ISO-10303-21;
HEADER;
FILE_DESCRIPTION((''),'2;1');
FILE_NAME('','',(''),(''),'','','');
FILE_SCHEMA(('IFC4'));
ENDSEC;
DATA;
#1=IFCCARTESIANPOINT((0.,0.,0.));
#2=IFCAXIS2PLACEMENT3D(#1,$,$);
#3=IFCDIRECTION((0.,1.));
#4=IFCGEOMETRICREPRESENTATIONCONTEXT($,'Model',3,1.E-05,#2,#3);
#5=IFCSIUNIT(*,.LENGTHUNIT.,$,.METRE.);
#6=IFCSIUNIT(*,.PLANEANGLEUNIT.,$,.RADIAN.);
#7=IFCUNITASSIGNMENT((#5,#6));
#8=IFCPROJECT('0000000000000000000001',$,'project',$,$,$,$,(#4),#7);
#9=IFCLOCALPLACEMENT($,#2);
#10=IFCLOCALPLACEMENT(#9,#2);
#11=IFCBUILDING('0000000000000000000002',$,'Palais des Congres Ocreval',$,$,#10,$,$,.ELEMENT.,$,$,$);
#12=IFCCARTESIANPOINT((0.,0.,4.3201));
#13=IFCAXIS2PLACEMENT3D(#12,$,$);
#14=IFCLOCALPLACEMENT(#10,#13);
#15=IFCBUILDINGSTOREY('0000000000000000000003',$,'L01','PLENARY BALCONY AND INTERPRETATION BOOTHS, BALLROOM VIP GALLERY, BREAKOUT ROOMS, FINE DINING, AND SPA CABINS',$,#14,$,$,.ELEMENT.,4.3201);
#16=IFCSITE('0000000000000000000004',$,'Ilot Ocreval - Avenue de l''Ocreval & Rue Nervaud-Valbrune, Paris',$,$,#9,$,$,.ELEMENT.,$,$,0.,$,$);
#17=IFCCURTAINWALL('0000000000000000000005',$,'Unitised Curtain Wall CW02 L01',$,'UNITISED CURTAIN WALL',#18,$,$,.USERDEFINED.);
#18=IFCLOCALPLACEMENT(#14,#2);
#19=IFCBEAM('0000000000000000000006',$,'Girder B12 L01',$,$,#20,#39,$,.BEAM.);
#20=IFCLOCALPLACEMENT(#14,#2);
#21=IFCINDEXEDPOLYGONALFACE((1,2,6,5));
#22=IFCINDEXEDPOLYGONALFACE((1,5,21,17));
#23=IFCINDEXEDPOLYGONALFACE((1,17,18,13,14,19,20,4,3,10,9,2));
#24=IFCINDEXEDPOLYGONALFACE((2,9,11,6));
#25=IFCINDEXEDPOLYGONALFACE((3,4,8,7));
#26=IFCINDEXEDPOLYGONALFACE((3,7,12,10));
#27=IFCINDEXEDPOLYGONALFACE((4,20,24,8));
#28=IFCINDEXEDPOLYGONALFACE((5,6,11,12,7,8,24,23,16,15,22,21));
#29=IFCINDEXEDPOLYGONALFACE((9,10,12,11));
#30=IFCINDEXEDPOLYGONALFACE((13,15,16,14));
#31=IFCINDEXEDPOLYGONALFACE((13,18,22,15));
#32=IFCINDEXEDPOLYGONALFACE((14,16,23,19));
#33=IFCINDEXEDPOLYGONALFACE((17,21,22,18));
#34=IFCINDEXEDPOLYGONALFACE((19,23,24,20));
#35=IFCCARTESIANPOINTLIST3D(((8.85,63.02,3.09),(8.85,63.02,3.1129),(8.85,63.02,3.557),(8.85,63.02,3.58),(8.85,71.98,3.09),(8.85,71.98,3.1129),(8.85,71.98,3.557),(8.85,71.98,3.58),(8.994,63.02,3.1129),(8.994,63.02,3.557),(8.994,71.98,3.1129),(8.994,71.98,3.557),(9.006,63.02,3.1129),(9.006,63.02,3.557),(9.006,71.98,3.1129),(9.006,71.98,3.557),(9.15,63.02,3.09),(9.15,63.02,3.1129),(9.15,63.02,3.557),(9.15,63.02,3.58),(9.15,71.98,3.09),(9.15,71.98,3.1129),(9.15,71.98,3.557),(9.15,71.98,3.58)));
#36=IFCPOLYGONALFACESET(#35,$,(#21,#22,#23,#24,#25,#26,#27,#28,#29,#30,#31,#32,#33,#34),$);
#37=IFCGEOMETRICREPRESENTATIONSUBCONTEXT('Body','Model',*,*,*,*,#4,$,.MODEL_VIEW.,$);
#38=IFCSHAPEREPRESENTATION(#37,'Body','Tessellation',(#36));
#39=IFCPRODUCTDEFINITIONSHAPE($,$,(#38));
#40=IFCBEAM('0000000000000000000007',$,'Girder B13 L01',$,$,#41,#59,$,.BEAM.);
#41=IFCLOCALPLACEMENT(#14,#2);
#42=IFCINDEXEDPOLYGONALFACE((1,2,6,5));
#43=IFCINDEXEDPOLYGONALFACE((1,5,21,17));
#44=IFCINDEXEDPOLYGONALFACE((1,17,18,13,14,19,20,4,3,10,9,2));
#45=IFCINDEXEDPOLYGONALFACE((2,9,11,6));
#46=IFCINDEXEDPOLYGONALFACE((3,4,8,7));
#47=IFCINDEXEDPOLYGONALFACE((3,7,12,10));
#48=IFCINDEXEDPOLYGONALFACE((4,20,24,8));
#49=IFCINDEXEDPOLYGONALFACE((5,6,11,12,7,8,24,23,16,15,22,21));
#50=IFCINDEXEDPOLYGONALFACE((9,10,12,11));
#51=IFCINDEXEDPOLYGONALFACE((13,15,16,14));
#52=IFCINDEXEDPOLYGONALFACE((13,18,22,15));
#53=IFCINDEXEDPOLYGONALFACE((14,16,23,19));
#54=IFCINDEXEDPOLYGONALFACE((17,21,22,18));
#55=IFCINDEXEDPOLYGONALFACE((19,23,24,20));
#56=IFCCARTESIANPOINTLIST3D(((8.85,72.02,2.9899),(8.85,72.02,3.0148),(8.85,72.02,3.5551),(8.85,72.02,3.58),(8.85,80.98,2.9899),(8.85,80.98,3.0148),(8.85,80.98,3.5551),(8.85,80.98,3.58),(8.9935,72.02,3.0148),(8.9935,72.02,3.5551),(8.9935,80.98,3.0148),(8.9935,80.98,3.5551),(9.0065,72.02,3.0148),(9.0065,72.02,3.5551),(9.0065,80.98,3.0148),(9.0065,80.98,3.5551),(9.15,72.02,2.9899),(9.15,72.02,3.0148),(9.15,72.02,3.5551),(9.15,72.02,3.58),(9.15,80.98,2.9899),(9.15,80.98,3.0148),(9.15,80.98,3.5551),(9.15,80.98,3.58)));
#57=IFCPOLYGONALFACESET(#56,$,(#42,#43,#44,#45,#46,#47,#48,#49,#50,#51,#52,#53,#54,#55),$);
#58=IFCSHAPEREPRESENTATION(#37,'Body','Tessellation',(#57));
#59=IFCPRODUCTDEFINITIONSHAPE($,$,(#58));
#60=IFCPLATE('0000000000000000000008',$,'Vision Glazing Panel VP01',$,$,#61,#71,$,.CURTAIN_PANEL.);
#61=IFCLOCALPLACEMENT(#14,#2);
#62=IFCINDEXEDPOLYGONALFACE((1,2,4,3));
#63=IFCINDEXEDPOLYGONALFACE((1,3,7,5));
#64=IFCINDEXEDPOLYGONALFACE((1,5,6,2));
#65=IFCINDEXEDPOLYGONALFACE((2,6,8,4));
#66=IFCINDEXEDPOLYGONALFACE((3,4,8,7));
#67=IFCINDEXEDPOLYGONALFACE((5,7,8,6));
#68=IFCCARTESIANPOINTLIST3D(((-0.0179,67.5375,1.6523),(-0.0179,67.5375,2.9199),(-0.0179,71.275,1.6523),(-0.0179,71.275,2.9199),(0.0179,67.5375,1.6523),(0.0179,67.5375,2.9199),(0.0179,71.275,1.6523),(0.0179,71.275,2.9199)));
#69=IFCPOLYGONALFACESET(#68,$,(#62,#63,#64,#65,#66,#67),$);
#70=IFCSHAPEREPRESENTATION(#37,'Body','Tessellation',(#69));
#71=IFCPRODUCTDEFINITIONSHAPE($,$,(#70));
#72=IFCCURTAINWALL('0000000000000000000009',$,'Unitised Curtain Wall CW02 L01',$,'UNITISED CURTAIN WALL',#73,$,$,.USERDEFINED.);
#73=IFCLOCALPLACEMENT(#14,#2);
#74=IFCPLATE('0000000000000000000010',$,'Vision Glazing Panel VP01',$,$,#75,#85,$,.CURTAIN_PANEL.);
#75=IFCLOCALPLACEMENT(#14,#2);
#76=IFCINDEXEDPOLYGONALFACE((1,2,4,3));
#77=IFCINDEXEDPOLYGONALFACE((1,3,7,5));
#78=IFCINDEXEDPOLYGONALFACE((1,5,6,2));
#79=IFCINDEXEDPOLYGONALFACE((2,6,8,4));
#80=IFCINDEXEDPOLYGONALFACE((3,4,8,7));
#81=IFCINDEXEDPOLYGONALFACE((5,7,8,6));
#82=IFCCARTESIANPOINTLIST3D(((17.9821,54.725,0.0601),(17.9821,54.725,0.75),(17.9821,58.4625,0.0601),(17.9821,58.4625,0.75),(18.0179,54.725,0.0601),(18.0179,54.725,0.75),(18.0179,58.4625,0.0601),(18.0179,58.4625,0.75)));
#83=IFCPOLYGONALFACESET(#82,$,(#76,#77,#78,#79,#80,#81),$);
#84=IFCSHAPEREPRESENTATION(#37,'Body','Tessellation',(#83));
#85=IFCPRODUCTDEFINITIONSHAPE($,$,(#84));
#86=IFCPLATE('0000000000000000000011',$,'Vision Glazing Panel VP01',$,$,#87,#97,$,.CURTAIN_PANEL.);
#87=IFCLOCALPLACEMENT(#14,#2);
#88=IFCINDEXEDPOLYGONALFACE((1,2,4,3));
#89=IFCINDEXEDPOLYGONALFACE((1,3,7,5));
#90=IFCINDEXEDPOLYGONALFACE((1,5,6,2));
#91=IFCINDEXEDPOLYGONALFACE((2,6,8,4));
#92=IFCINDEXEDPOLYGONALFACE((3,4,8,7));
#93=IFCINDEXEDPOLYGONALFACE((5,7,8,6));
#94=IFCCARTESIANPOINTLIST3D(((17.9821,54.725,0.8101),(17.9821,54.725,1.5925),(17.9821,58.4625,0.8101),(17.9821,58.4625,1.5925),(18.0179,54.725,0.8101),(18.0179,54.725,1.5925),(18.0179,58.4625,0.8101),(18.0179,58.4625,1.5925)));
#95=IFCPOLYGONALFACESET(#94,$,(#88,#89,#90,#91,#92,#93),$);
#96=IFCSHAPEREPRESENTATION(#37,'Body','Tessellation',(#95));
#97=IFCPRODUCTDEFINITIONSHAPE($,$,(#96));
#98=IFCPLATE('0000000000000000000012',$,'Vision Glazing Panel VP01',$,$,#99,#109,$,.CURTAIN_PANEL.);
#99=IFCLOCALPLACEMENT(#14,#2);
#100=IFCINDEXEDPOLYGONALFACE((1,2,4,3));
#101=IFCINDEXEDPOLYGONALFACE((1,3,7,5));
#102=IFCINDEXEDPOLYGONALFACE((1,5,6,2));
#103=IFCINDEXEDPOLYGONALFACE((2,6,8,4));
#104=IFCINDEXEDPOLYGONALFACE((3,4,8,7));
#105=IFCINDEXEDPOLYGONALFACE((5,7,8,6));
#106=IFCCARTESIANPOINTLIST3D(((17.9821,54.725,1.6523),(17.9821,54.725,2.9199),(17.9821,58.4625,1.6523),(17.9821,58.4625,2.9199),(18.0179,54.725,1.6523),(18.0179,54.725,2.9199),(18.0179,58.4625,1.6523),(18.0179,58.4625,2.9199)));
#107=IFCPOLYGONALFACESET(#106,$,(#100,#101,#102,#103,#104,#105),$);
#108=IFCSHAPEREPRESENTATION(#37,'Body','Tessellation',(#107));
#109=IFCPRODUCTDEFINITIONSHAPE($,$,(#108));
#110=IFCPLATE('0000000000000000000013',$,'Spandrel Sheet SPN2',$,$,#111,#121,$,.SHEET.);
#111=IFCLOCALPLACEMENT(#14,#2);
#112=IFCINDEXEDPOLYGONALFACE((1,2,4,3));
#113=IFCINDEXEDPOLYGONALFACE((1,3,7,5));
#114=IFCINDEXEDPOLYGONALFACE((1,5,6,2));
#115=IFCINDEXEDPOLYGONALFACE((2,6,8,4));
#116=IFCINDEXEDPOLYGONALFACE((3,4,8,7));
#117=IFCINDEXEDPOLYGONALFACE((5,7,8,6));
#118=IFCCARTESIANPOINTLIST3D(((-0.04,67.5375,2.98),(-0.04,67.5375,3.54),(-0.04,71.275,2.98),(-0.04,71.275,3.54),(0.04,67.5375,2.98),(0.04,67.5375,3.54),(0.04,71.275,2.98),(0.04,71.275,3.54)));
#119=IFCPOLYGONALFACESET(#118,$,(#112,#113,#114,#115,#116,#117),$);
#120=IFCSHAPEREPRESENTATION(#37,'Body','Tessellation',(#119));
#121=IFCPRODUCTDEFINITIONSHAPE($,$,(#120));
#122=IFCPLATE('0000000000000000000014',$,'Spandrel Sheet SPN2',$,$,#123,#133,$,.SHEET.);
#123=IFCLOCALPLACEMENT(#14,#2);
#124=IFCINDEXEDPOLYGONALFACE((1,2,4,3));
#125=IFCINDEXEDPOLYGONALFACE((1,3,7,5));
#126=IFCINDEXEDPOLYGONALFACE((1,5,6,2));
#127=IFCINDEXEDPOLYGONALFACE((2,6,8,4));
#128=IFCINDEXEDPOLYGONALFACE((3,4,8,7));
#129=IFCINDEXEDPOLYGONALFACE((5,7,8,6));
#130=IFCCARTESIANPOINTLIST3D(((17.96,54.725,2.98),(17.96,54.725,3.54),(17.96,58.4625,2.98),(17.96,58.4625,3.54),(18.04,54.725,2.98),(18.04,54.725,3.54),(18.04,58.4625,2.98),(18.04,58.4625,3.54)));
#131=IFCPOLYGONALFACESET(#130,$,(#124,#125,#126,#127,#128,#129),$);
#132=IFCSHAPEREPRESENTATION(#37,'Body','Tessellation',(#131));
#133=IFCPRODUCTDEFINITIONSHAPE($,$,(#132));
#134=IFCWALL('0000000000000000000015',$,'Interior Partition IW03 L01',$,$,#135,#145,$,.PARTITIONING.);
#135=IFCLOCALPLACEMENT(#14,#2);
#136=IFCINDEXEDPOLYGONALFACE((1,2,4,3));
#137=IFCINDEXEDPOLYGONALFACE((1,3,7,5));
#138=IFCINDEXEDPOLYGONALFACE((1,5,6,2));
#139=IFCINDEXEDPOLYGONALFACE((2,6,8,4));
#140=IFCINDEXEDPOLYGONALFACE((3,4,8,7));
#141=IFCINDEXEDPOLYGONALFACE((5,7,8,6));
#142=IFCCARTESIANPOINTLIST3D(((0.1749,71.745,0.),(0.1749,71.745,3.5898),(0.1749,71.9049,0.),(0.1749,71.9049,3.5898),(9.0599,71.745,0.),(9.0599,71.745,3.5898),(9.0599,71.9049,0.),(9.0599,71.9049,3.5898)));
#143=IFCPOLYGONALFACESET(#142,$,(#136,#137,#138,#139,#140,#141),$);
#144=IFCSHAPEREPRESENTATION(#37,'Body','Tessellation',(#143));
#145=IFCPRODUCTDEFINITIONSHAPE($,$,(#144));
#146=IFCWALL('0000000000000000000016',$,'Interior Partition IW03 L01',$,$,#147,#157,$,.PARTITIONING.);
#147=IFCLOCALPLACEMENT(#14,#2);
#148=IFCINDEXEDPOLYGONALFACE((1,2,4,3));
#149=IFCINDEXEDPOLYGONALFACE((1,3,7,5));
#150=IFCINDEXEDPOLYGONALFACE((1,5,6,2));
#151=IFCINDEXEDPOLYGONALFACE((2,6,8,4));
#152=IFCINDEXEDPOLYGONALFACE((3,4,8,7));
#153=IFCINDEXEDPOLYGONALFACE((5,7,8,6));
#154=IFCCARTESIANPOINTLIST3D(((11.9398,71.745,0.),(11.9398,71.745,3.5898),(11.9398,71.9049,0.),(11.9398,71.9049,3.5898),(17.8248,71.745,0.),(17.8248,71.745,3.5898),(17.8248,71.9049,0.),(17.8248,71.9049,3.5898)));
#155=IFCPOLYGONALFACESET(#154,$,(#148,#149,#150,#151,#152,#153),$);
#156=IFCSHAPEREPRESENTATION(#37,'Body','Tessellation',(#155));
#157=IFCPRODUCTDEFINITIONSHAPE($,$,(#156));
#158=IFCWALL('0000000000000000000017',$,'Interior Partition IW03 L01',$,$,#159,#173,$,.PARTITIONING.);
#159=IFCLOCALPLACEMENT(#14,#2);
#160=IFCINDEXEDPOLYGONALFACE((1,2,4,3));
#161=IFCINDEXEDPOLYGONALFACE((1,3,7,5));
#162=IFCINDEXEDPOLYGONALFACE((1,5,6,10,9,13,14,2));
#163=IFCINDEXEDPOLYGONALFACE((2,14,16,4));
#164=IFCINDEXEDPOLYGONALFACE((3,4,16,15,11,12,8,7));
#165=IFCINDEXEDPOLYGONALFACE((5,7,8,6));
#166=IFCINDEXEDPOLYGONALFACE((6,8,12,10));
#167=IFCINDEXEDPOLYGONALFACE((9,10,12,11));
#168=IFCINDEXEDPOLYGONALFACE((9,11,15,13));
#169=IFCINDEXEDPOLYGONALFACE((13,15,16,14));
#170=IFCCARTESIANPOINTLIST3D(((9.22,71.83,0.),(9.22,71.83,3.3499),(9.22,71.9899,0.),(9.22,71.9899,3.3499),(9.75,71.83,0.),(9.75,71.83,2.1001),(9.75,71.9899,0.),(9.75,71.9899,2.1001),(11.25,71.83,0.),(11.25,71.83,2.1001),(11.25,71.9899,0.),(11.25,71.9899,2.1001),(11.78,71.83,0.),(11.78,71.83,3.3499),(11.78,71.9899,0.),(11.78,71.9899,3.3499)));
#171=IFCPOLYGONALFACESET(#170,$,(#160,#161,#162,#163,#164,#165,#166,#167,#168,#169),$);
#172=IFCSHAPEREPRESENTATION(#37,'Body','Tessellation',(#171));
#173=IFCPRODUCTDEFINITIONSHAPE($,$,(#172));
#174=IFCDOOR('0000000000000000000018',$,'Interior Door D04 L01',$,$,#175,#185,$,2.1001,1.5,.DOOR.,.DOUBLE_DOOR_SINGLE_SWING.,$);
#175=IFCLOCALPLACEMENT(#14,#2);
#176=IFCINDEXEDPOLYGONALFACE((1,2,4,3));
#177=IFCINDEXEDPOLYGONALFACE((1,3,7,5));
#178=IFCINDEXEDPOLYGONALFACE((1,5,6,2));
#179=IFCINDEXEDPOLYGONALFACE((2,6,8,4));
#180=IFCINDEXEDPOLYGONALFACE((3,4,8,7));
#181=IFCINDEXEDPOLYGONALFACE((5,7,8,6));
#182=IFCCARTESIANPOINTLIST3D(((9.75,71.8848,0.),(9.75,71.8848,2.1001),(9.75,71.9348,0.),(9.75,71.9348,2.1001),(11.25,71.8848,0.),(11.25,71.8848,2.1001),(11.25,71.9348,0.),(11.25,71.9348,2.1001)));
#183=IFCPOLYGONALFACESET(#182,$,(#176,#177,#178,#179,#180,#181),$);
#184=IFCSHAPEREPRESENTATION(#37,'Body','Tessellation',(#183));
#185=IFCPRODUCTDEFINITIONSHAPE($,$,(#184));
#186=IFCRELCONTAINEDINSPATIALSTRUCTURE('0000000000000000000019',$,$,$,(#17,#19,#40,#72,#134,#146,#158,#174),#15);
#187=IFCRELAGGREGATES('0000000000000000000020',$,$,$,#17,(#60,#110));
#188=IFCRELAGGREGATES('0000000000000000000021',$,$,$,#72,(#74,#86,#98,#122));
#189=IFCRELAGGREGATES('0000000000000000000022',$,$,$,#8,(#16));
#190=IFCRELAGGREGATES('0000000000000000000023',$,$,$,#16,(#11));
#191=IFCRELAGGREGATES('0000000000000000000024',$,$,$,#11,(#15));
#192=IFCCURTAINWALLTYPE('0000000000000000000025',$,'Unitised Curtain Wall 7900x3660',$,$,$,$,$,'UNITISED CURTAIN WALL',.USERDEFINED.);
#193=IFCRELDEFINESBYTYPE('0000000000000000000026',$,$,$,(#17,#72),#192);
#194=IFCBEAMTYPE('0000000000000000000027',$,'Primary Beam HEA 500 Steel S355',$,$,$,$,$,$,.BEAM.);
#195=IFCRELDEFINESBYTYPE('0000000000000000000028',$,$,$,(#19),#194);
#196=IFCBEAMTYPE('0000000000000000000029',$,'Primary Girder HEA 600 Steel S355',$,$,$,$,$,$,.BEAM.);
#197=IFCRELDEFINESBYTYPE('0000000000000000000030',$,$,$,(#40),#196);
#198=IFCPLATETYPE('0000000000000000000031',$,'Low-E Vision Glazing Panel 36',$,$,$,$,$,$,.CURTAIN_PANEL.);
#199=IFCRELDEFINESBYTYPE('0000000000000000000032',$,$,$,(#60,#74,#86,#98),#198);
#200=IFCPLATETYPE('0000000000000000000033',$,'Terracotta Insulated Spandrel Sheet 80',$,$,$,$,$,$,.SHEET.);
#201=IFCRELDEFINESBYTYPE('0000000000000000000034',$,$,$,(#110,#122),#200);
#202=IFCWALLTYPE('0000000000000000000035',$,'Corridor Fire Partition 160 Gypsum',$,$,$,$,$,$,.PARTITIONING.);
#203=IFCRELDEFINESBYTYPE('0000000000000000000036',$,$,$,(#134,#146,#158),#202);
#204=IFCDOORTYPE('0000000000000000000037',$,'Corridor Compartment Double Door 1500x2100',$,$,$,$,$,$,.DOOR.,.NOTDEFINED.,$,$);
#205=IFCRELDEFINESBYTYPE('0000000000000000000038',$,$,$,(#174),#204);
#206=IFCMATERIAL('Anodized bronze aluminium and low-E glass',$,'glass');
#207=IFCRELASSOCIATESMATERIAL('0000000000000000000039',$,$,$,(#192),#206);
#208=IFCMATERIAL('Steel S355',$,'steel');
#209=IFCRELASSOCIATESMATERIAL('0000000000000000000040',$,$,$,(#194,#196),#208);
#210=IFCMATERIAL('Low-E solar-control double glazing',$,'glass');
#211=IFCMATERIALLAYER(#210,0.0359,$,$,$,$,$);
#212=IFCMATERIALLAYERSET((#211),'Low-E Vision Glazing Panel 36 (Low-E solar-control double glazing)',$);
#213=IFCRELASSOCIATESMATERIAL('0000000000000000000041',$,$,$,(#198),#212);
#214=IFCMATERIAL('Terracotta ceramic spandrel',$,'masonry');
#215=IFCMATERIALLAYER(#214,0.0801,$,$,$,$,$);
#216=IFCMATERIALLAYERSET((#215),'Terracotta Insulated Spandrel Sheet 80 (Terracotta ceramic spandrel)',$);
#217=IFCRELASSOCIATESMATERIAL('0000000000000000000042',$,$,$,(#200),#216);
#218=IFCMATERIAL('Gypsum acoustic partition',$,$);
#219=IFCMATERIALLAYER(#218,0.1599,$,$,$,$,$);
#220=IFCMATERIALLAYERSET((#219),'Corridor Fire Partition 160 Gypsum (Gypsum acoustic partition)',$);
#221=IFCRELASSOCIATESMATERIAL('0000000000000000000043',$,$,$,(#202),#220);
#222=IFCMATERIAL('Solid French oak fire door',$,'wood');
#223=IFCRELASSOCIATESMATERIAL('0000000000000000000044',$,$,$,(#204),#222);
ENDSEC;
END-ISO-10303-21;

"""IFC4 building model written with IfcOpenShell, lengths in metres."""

from ifc_helpers import new_model, si_unit, direction, frame, frame_2d, origin, origin_2d, place, context, subcontext, project, spatial, rectangle, i_section, extrude, material, layer, layer_set, material_profile, profile_set, type_object, element, fill, aggregate, save


model = new_model("IFC4")

# Units and contexts
model_context = context("Model", 3, precision=1e-05, world=origin(), true_north=direction((0.0, 1.0)))
body_context = subcontext(model_context, "Body", "Model", "MODEL_VIEW")
ifc_project = project(units=[si_unit("LENGTHUNIT", "METRE"), si_unit("PLANEANGLEUNIT", "RADIAN")], contexts=[model_context])

# Site, building, storey
site_placement = place(None, origin())
site = spatial("IfcSite", under=ifc_project, at=site_placement, Name="Ilot Ocreval - Avenue de l'Ocreval & Rue Nervaud-Valbrune, Paris", CompositionType="ELEMENT", RefElevation=0.0)
building_placement = place(site_placement, origin())
building = spatial("IfcBuilding", under=site, at=building_placement, Name="Palais des Congres Ocreval", CompositionType="ELEMENT")
storey_placement = place(building_placement, frame((0.0, 0.0, 4.3201)))
storey = spatial("IfcBuildingStorey", under=building, at=storey_placement, Name="L01", Description="PLENARY BALCONY AND INTERPRETATION BOOTHS, BALLROOM VIP GALLERY, BREAKOUT ROOMS, FINE DINING, AND SPA CABINS", CompositionType="ELEMENT", Elevation=4.3201)

# Curtain wall
ifc_material_1 = material(Name="Anodized bronze aluminium and low-E glass", Category="glass")
curtain_wall_type = type_object("IfcCurtainWallType", Name="Unitised Curtain Wall 7900x3660", ElementType="UNITISED CURTAIN WALL", PredefinedType="USERDEFINED", material=ifc_material_1)
curtain_wall_1_placement = place(storey_placement, origin())
curtain_wall_1 = element("IfcCurtainWall", 1, at=curtain_wall_1_placement, inside=storey, type_object=curtain_wall_type, Name="Unitised Curtain Wall CW02 L01", ObjectType="UNITISED CURTAIN WALL", PredefinedType="USERDEFINED")

# Beams
ifc_material_2 = material(Name="Steel S355", Category="steel")
ifc_material_profile_1 = material_profile(ifc_material_2, i_section(OverallWidth=0.3, OverallDepth=0.49, WebThickness=0.012, FlangeThickness=0.0229, at=origin_2d()), Name="HEA 500")
ifc_profile_set_1 = profile_set([ifc_material_profile_1], Name="Steel S355")
beam_type_1 = type_object("IfcBeamType", Name="Primary Beam HEA 500 Steel S355", PredefinedType="BEAM", material=ifc_profile_set_1)
beam_1_placement = place(storey_placement, frame((9.0, 63.02, 3.335), z_axis=(0.0, 1.0, 0.0), x_axis=(-1.0, 0.0, 0.0)))
element("IfcBeam", 2, at=beam_1_placement, inside=storey, type_object=beam_type_1, Name="Girder B12 L01", PredefinedType="BEAM", context=body_context, shape_type="SweptSolid", body=[
    extrude(i_section(OverallWidth=0.3, OverallDepth=0.49, WebThickness=0.012, FlangeThickness=0.0229, at=origin_2d()), origin(), (0.0, 0.0, 1.0), 8.96),
])
ifc_material_profile_2 = material_profile(ifc_material_2, i_section(OverallWidth=0.3, OverallDepth=0.5901, WebThickness=0.0129, FlangeThickness=0.0249, at=origin_2d()), Name="HEA 600")
ifc_profile_set_2 = profile_set([ifc_material_profile_2], Name="Steel S355")
beam_type_2 = type_object("IfcBeamType", Name="Primary Girder HEA 600 Steel S355", PredefinedType="BEAM", material=ifc_profile_set_2)
beam_2_placement = place(storey_placement, frame((9.0, 72.02, 3.2849), z_axis=(0.0, 1.0, 0.0), x_axis=(-1.0, 0.0, 0.0)))
element("IfcBeam", 3, at=beam_2_placement, inside=storey, type_object=beam_type_2, Name="Girder B13 L01", PredefinedType="BEAM", context=body_context, shape_type="SweptSolid", body=[
    extrude(i_section(OverallWidth=0.3, OverallDepth=0.5901, WebThickness=0.0129, FlangeThickness=0.0249, at=origin_2d()), origin(), (0.0, 0.0, 1.0), 8.96),
])

# Plate
ifc_material_3 = material(Name="Low-E solar-control double glazing", Category="glass")
ifc_layer_1 = layer(ifc_material_3, 0.0359)
ifc_layer_set_1 = layer_set([ifc_layer_1], Name="Low-E Vision Glazing Panel 36 (Low-E solar-control double glazing)")
plate_type_1 = type_object("IfcPlateType", Name="Low-E Vision Glazing Panel 36", PredefinedType="CURTAIN_PANEL", material=ifc_layer_set_1)
plate_1_placement = place(storey_placement, frame((0.0, 69.4062, 1.6523), z_axis=(0.0, 0.0, 1.0), x_axis=(0.0, 1.0, 0.0)))
plate_1 = element("IfcPlate", 4, at=plate_1_placement, type_object=plate_type_1, Name="Vision Glazing Panel VP01", PredefinedType="CURTAIN_PANEL", context=body_context, shape_type="SweptSolid", body=[
    extrude(rectangle(XDim=3.7375, YDim=0.0359, at=origin_2d()), origin(), (0.0, 0.0, 1.0), 1.2676),
])

# Curtain wall, plates
curtain_wall_2_placement = place(storey_placement, origin())
curtain_wall_2 = element("IfcCurtainWall", 5, at=curtain_wall_2_placement, inside=storey, type_object=curtain_wall_type, Name="Unitised Curtain Wall CW02 L01", ObjectType="UNITISED CURTAIN WALL", PredefinedType="USERDEFINED")
plate_2_placement = place(storey_placement, frame((18.0, 56.5938, 0.0601), z_axis=(0.0, 0.0, 1.0), x_axis=(0.0, -1.0, 0.0)))
plate_2 = element("IfcPlate", 6, at=plate_2_placement, type_object=plate_type_1, Name="Vision Glazing Panel VP01", PredefinedType="CURTAIN_PANEL", context=body_context, shape_type="SweptSolid", body=[
    extrude(rectangle(XDim=3.7375, YDim=0.0359, at=origin_2d()), origin(), (0.0, 0.0, 1.0), 0.6899),
])
plate_3_placement = place(storey_placement, frame((18.0, 56.5938, 0.8101), z_axis=(0.0, 0.0, 1.0), x_axis=(0.0, -1.0, 0.0)))
plate_3 = element("IfcPlate", 7, at=plate_3_placement, type_object=plate_type_1, Name="Vision Glazing Panel VP01", PredefinedType="CURTAIN_PANEL", context=body_context, shape_type="SweptSolid", body=[
    extrude(rectangle(XDim=3.7375, YDim=0.0359, at=origin_2d()), origin(), (0.0, 0.0, 1.0), 0.7825),
])
plate_4_placement = place(storey_placement, frame((18.0, 56.5938, 1.6523), z_axis=(0.0, 0.0, 1.0), x_axis=(0.0, -1.0, 0.0)))
plate_4 = element("IfcPlate", 8, at=plate_4_placement, type_object=plate_type_1, Name="Vision Glazing Panel VP01", PredefinedType="CURTAIN_PANEL", context=body_context, shape_type="SweptSolid", body=[
    extrude(rectangle(XDim=3.7375, YDim=0.0359, at=origin_2d()), origin(), (0.0, 0.0, 1.0), 1.2676),
])

# Plates
ifc_material_4 = material(Name="Terracotta ceramic spandrel", Category="masonry")
ifc_layer_2 = layer(ifc_material_4, 0.0801)
ifc_layer_set_2 = layer_set([ifc_layer_2], Name="Terracotta Insulated Spandrel Sheet 80 (Terracotta ceramic spandrel)")
plate_type_2 = type_object("IfcPlateType", Name="Terracotta Insulated Spandrel Sheet 80", PredefinedType="SHEET", material=ifc_layer_set_2)
plate_5_placement = place(storey_placement, frame((0.0, 69.4062, 2.98), z_axis=(0.0, 0.0, 1.0), x_axis=(0.0, 1.0, 0.0)))
plate_5 = element("IfcPlate", 9, at=plate_5_placement, type_object=plate_type_2, Name="Spandrel Sheet SPN2", PredefinedType="SHEET", context=body_context, shape_type="SweptSolid", body=[
    extrude(rectangle(XDim=3.7375, YDim=0.0801, at=origin_2d()), origin(), (0.0, 0.0, 1.0), 0.5601),
])
aggregate(curtain_wall_1, [plate_1, plate_5])
plate_6_placement = place(storey_placement, frame((18.0, 56.5938, 2.98), z_axis=(0.0, 0.0, 1.0), x_axis=(0.0, -1.0, 0.0)))
plate_6 = element("IfcPlate", 10, at=plate_6_placement, type_object=plate_type_2, Name="Spandrel Sheet SPN2", PredefinedType="SHEET", context=body_context, shape_type="SweptSolid", body=[
    extrude(rectangle(XDim=3.7375, YDim=0.0801, at=origin_2d()), origin(), (0.0, 0.0, 1.0), 0.5601),
])
aggregate(curtain_wall_2, [plate_2, plate_3, plate_4, plate_6])

# Walls
ifc_material_5 = material(Name="Gypsum acoustic partition")
ifc_layer_3 = layer(ifc_material_5, 0.1599)
ifc_layer_set_3 = layer_set([ifc_layer_3], Name="Corridor Fire Partition 160 Gypsum (Gypsum acoustic partition)")
wall_type_1 = type_object("IfcWallType", Name="Corridor Fire Partition 160 Gypsum", PredefinedType="PARTITIONING", material=ifc_layer_set_3)
wall_1_placement = place(storey_placement, frame((0.175, 71.825, 0.0), z_axis=(0.0, 0.0, 1.0), x_axis=(1.0, 0.0, 0.0)))
element("IfcWall", 11, at=wall_1_placement, inside=storey, type_object=wall_type_1, Name="Interior Partition IW03 L01", PredefinedType="PARTITIONING", context=body_context, shape_type="SweptSolid", body=[
    extrude(rectangle(XDim=8.885, YDim=0.1599, at=frame_2d((4.4424, 0.0))), origin(), (0.0, 0.0, 1.0), 3.5898),
])
wall_2_placement = place(storey_placement, frame((11.9399, 71.825, 0.0), z_axis=(0.0, 0.0, 1.0), x_axis=(1.0, 0.0, 0.0)))
element("IfcWall", 12, at=wall_2_placement, inside=storey, type_object=wall_type_1, Name="Interior Partition IW03 L01", PredefinedType="PARTITIONING", context=body_context, shape_type="SweptSolid", body=[
    extrude(rectangle(XDim=5.885, YDim=0.1599, at=frame_2d((2.9424, 0.0))), origin(), (0.0, 0.0, 1.0), 3.5898),
])

# Wall, opening, door
wall_3_placement = place(storey_placement, frame((9.22, 71.9099, 0.0), z_axis=(0.0, 0.0, 1.0), x_axis=(1.0, 0.0, 0.0)))
wall_3 = element("IfcWall", 13, at=wall_3_placement, inside=storey, type_object=wall_type_1, Name="Interior Partition IW03 L01", PredefinedType="PARTITIONING", context=body_context, shape_type="SweptSolid", body=[
    extrude(rectangle(XDim=2.5601, YDim=0.1599, at=frame_2d((1.28, 0.0))), origin(), (0.0, 0.0, 1.0), 3.3499),
])
opening_placement = place(wall_3_placement, frame((0.53, 0.0, 0.0)))
opening = element("IfcOpeningElement", 14, at=opening_placement, cuts=wall_3, PredefinedType="OPENING", context=body_context, shape_type="SweptSolid", body=[
    extrude(rectangle(XDim=1.5, YDim=2.1001, at=frame_2d((0.75, 1.05))), frame((0.0, 0.0898, 0.0), z_axis=(0.0, -1.0, 0.0), x_axis=(1.0, 0.0, 0.0)), (0.0, 0.0, 1.0), 0.1799),
])
ifc_material_6 = material(Name="Solid French oak fire door", Category="wood")
door_type = type_object("IfcDoorType", Name="Corridor Compartment Double Door 1500x2100", OperationType="NOTDEFINED", PredefinedType="DOOR", material=ifc_material_6)
door_placement = place(opening_placement, origin())
door = element("IfcDoor", 15, at=door_placement, inside=storey, type_object=door_type, Name="Interior Door D04 L01", OperationType="DOUBLE_DOOR_SINGLE_SWING", OverallHeight=2.1001, OverallWidth=1.5, PredefinedType="DOOR", context=body_context, shape_type="SweptSolid", body=[
    extrude(rectangle(XDim=1.5, YDim=2.1001, at=frame_2d((0.75, 1.05))), frame((0.0, 0.0249, 0.0), z_axis=(0.0, -1.0, 0.0), x_axis=(1.0, 0.0, 0.0)), (0.0, 0.0, 1.0), 0.05),
])
fill(opening, door)

save(model, "model.ifc")
